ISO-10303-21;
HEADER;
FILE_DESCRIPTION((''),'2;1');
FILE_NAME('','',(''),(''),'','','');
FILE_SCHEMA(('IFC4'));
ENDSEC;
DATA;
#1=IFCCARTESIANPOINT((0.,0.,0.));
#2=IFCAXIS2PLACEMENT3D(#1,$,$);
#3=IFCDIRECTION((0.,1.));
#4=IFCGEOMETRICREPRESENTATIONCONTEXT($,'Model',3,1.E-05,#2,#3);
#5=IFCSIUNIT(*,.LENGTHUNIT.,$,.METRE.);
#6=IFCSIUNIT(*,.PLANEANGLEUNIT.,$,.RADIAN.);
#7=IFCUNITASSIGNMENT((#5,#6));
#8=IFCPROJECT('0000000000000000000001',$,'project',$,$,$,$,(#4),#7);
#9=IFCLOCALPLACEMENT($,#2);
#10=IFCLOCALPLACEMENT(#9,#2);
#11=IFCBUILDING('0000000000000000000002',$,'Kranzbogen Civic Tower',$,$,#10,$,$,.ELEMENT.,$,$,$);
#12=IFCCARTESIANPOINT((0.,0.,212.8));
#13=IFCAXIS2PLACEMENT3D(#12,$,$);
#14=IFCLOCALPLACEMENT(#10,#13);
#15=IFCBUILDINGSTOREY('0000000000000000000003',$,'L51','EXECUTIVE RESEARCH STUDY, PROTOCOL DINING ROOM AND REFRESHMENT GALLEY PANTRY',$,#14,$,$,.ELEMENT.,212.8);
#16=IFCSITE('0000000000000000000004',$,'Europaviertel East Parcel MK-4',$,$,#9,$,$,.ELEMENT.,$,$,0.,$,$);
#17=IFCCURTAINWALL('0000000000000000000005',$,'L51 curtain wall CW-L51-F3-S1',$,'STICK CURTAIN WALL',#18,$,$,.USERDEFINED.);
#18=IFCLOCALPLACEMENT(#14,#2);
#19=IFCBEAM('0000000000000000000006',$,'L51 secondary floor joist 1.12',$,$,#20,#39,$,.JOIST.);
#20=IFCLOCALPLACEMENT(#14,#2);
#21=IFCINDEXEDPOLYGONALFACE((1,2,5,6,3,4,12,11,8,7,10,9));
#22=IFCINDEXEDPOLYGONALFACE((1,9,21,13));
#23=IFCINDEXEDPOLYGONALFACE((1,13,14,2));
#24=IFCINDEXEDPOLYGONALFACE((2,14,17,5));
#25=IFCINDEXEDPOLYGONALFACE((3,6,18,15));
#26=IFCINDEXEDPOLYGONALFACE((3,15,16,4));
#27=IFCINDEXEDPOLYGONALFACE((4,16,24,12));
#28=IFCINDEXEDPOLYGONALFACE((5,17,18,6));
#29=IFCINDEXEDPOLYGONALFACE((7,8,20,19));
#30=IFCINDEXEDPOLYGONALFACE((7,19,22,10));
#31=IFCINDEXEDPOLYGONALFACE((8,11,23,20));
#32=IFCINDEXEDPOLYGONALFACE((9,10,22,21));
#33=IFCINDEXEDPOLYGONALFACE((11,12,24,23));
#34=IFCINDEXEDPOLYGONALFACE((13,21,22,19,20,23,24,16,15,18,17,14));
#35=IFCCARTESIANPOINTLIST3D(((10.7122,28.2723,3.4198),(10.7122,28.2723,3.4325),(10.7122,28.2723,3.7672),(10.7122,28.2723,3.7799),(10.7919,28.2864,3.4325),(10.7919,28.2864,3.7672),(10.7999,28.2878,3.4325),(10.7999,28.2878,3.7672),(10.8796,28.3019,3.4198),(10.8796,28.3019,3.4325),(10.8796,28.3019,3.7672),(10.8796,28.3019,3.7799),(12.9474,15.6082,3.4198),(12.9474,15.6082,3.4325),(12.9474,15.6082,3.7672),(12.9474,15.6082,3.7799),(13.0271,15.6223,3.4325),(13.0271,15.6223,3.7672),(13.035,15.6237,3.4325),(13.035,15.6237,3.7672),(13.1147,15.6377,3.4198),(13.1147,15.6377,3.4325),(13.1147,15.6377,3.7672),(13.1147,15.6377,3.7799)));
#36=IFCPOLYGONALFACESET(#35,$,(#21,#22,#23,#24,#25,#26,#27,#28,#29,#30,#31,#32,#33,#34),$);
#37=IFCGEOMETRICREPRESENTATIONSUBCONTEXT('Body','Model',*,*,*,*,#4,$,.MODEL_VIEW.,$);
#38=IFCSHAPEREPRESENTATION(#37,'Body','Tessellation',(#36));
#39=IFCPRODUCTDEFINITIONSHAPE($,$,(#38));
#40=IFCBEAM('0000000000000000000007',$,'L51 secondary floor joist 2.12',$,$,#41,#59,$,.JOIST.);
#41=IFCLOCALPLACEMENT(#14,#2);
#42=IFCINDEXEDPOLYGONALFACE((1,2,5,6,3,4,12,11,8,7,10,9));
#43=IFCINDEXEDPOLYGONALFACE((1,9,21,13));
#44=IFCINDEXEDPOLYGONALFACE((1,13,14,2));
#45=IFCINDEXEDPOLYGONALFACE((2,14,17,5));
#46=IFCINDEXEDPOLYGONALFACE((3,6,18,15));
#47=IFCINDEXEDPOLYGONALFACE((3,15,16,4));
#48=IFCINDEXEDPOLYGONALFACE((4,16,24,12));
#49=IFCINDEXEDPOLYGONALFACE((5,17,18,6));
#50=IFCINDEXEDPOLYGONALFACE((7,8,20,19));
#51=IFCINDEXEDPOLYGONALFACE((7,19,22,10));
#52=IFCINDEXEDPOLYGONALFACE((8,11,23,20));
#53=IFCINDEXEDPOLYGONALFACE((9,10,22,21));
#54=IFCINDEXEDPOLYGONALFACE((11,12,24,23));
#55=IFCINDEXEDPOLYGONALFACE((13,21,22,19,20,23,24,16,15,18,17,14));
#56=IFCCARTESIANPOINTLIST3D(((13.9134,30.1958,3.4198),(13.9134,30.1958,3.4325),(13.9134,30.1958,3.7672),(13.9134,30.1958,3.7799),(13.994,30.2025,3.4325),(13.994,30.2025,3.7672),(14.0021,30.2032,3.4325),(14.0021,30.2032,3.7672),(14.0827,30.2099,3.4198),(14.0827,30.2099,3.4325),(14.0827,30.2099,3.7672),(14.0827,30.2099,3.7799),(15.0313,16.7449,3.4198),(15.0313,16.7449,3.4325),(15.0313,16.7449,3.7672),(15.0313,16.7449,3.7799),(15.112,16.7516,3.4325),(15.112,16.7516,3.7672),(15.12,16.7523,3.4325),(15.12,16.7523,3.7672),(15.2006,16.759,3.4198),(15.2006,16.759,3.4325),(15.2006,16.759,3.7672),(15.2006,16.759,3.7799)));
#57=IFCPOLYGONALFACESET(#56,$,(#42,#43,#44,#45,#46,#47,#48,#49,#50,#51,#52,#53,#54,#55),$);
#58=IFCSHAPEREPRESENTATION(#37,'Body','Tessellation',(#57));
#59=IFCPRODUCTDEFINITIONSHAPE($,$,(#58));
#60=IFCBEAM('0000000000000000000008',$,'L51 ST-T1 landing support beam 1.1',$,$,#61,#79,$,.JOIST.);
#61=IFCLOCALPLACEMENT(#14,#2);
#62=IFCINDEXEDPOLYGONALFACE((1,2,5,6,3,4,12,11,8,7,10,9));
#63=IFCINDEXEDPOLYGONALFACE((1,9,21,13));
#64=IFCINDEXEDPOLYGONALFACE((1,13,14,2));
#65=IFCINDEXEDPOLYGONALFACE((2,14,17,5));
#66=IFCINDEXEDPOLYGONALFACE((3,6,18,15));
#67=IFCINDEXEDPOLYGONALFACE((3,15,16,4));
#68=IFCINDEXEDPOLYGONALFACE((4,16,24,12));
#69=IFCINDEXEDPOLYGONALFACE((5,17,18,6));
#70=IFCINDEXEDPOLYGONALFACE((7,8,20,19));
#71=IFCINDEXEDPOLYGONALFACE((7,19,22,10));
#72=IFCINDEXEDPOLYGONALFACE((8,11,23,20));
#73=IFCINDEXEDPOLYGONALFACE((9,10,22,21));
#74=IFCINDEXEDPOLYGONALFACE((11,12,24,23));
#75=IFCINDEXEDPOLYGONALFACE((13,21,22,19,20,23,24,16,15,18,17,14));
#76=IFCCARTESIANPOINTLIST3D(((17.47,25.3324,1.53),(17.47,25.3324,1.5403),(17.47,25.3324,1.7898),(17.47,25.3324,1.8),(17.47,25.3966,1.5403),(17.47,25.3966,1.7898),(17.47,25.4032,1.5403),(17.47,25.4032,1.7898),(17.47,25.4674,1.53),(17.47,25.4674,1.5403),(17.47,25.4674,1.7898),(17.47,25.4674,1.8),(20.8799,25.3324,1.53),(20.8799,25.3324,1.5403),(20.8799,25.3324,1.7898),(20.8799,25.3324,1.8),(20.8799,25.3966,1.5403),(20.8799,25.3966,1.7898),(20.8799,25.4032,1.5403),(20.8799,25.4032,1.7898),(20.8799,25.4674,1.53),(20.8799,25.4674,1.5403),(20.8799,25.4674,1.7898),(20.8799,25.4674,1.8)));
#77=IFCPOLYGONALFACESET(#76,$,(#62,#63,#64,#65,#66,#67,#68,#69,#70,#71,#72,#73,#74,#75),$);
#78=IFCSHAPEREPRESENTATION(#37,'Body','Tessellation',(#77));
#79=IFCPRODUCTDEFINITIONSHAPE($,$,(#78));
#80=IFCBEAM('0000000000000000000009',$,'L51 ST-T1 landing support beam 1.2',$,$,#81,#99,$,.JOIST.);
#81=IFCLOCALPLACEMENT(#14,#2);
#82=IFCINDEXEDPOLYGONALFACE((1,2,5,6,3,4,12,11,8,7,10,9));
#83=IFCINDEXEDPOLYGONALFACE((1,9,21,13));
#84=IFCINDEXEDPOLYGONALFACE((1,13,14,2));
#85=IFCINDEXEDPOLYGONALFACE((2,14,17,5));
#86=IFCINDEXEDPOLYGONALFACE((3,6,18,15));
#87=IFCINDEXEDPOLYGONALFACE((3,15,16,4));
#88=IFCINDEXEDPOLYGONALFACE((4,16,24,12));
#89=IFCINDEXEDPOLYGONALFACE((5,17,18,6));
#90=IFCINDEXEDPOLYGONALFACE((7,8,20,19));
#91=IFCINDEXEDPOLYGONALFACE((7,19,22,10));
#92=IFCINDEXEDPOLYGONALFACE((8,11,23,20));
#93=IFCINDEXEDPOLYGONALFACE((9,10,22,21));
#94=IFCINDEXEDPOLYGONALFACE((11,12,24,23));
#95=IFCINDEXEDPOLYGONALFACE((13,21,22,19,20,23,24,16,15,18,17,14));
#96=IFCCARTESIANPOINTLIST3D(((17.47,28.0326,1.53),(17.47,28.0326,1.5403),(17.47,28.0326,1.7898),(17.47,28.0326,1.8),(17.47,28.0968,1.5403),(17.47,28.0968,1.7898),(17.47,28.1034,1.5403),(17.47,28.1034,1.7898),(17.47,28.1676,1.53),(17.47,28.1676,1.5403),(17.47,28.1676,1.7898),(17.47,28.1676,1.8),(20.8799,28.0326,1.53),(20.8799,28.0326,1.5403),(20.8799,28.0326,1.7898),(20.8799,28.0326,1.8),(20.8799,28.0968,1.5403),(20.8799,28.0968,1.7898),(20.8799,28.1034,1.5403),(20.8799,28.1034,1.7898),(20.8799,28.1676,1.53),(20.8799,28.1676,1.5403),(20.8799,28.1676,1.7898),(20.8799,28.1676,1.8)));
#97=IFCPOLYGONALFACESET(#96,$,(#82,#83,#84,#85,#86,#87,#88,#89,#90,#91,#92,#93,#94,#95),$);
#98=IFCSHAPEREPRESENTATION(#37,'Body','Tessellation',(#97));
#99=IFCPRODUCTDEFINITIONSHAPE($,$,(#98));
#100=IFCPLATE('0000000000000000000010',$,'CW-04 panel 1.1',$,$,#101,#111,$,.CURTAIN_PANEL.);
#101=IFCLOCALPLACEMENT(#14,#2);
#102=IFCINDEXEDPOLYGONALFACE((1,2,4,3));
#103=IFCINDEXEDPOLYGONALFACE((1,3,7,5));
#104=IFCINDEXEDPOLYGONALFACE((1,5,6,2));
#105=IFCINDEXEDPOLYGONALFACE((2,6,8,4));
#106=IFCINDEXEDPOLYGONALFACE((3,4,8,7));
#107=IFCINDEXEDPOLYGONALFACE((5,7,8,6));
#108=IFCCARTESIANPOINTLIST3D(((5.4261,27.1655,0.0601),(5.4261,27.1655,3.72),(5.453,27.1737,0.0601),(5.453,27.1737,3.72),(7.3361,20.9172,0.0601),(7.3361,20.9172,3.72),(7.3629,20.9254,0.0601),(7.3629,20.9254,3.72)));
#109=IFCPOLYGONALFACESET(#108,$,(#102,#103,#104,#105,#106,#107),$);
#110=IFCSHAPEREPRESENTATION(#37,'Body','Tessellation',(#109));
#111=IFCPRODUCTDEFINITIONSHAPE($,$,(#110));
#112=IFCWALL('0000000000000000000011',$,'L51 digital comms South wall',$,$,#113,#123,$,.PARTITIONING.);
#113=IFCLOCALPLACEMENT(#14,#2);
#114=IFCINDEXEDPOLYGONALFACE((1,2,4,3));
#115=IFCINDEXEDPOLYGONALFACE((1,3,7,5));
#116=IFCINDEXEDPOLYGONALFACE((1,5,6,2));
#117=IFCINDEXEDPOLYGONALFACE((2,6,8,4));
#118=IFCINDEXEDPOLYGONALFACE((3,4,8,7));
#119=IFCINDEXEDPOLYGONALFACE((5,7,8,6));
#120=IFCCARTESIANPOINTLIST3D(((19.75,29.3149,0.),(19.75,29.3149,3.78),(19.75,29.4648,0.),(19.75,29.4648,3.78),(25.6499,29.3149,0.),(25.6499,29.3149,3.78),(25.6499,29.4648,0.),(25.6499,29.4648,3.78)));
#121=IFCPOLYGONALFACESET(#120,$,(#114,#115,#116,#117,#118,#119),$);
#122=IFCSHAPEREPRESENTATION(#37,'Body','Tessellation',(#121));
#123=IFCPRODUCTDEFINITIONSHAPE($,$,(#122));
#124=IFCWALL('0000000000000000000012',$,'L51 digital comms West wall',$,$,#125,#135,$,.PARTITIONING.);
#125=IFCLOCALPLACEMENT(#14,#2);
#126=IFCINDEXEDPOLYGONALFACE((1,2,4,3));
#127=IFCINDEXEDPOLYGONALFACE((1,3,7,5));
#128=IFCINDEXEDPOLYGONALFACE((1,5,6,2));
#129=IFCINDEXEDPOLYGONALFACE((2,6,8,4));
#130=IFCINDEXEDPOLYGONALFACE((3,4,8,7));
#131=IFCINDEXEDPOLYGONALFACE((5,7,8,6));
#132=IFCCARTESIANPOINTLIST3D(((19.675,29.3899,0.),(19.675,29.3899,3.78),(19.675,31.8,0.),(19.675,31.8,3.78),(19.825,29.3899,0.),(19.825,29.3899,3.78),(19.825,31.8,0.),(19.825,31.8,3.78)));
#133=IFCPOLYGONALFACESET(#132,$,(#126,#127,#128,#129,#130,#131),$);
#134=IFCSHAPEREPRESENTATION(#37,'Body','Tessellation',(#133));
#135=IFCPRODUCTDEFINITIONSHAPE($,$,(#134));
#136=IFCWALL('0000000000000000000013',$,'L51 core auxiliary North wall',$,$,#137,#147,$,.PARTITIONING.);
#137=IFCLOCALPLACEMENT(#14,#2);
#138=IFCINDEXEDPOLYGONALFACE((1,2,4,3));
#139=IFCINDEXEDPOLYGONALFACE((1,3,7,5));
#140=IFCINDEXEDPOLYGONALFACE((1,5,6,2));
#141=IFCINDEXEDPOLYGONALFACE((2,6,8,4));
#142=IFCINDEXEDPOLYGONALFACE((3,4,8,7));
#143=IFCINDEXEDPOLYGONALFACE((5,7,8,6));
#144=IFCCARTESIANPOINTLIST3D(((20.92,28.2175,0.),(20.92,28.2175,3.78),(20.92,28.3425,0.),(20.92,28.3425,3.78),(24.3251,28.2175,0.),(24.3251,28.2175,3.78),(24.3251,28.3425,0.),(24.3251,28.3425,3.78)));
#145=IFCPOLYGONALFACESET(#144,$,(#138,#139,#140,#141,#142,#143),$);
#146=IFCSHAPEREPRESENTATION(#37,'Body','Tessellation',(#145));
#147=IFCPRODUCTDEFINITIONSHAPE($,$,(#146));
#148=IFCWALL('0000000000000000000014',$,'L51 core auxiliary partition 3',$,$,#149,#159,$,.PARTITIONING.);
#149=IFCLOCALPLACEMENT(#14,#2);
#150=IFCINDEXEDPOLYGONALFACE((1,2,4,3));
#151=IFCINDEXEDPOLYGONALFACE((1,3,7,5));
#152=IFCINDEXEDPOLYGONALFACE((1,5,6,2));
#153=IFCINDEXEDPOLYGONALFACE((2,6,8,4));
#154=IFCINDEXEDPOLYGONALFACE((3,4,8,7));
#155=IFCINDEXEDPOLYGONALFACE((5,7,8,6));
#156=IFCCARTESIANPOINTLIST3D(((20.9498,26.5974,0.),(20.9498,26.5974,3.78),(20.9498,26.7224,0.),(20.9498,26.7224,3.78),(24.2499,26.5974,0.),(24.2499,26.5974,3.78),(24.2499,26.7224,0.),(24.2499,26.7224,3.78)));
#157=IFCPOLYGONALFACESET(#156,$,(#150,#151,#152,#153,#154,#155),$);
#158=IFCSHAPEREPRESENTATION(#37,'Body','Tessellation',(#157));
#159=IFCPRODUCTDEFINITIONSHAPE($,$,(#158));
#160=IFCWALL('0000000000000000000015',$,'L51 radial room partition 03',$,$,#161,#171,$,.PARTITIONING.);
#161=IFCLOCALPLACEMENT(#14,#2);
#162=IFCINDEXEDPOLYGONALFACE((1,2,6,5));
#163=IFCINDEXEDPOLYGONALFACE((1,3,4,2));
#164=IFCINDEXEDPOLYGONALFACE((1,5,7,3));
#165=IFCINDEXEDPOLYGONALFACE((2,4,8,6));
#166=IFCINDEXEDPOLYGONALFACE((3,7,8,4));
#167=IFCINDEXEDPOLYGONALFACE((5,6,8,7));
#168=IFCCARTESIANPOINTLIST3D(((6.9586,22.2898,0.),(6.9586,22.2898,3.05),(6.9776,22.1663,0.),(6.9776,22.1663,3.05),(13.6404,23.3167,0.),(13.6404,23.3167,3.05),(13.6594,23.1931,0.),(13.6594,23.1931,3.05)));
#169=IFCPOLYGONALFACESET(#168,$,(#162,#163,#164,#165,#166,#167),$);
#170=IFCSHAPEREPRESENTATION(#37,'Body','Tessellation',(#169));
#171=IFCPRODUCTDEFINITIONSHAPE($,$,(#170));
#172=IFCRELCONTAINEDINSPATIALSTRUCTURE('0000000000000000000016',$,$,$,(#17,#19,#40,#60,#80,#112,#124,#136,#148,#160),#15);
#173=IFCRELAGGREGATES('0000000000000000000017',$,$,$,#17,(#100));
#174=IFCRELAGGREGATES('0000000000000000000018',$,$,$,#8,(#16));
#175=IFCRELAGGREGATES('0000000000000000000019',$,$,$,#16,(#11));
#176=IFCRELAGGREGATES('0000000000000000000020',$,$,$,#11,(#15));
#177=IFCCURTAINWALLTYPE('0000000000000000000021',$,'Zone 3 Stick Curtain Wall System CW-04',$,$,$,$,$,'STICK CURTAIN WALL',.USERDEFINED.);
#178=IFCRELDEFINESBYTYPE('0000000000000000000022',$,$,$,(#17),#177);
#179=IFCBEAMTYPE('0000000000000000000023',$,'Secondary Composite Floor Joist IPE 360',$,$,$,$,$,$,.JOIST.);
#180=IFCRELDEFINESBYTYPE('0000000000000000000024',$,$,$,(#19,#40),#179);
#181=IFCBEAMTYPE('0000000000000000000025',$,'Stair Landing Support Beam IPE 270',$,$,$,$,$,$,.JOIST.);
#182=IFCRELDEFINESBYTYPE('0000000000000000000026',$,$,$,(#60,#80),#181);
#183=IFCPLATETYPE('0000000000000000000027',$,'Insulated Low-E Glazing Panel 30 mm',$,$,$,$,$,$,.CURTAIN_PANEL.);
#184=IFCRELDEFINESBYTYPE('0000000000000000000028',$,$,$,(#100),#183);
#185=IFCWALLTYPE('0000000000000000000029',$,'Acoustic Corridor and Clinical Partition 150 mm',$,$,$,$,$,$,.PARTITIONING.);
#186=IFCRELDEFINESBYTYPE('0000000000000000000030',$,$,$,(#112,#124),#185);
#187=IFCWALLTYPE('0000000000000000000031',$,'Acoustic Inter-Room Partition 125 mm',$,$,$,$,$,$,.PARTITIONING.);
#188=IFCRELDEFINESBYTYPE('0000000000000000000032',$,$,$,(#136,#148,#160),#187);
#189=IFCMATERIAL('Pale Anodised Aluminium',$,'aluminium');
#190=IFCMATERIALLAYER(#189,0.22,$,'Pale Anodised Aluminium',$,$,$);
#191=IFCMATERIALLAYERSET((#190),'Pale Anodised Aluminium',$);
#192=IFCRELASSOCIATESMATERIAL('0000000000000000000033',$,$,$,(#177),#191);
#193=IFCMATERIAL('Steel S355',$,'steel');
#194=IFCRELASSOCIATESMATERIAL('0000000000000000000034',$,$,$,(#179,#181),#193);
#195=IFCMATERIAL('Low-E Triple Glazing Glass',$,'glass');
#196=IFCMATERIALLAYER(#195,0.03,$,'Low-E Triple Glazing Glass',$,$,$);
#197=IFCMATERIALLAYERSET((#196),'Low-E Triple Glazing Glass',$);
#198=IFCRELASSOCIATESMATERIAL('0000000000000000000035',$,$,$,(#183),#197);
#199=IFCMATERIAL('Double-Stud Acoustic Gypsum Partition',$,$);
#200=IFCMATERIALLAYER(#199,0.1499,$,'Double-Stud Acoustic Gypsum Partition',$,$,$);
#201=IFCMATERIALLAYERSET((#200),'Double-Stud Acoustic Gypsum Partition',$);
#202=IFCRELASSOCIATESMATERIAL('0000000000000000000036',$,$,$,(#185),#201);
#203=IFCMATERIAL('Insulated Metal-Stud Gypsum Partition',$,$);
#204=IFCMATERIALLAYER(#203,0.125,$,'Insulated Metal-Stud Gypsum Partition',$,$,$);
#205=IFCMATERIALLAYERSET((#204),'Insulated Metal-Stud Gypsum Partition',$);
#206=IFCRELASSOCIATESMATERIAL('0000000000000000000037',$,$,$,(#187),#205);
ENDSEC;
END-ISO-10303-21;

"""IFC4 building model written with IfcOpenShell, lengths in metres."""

from ifc_helpers import new_model, si_unit, direction, frame, frame_2d, origin, origin_2d, place, context, subcontext, project, spatial, rectangle, i_section, extrude, material, layer, layer_set, material_profile, profile_set, type_object, element, aggregate, save


model = new_model("IFC4")

# Units and contexts
model_context = context("Model", 3, precision=1e-05, world=origin(), true_north=direction((0.0, 1.0)))
body_context = subcontext(model_context, "Body", "Model", "MODEL_VIEW")
ifc_project = project(units=[si_unit("LENGTHUNIT", "METRE"), si_unit("PLANEANGLEUNIT", "RADIAN")], contexts=[model_context])

# Site, building, storey
site_placement = place(None, origin())
site = spatial("IfcSite", under=ifc_project, at=site_placement, Name="Europaviertel East Parcel MK-4", CompositionType="ELEMENT", RefElevation=0.0)
building_placement = place(site_placement, origin())
building = spatial("IfcBuilding", under=site, at=building_placement, Name="Kranzbogen Civic Tower", CompositionType="ELEMENT")
storey_placement = place(building_placement, frame((0.0, 0.0, 212.8)))
storey = spatial("IfcBuildingStorey", under=building, at=storey_placement, Name="L51", Description="EXECUTIVE RESEARCH STUDY, PROTOCOL DINING ROOM AND REFRESHMENT GALLEY PANTRY", CompositionType="ELEMENT", Elevation=212.8)

# Shared definitions
ifc_material_1 = material(Name="Steel S355", Category="steel")

# Shared definitions
ifc_material_2 = material(Name="Pale Anodised Aluminium", Category="aluminium")
ifc_layer_1 = layer(ifc_material_2, 0.22, Name="Pale Anodised Aluminium")
ifc_layer_set_1 = layer_set([ifc_layer_1], Name="Pale Anodised Aluminium")
curtain_wall_type = type_object("IfcCurtainWallType", Name="Zone 3 Stick Curtain Wall System CW-04", ElementType="STICK CURTAIN WALL", PredefinedType="USERDEFINED", material=ifc_layer_set_1)

# Curtain wall
curtain_wall_1_placement = place(storey_placement, origin())
curtain_wall_1 = element("IfcCurtainWall", 1, at=curtain_wall_1_placement, inside=storey, type_object=curtain_wall_type, Name="L51 curtain wall CW-L51-F3-S1", ObjectType="STICK CURTAIN WALL", PredefinedType="USERDEFINED")

# Beams
ifc_material_profile_1 = material_profile(ifc_material_1, i_section(OverallWidth=0.1699, OverallDepth=0.3601, WebThickness=0.0081, FlangeThickness=0.0127, at=origin_2d()), Name="IPE 360")
ifc_profile_set_1 = profile_set([ifc_material_profile_1], Name="Steel S355")
beam_type_1 = type_object("IfcBeamType", Name="Secondary Composite Floor Joist IPE 360", PredefinedType="JOIST", material=ifc_profile_set_1)
beam_1_placement = place(storey_placement, frame((10.7959, 28.2871, 3.5999), z_axis=(0.173806, -0.98478, 0.0), x_axis=(0.98478, 0.173806, 0.0)))
element("IfcBeam", 2, at=beam_1_placement, inside=storey, type_object=beam_type_1, Name="L51 secondary floor joist 1.12", PredefinedType="JOIST", context=body_context, shape_type="SweptSolid", body=[
    extrude(i_section(OverallWidth=0.1699, OverallDepth=0.3601, WebThickness=0.0081, FlangeThickness=0.0127, at=origin_2d()), origin(), (0.0, 0.0, 1.0), 12.8599),
])
beam_2_placement = place(storey_placement, frame((13.998, 30.2029, 3.5999), z_axis=(0.082825, -0.996564, 0.0), x_axis=(0.996564, 0.082825, 0.0)))
element("IfcBeam", 3, at=beam_2_placement, inside=storey, type_object=beam_type_1, Name="L51 secondary floor joist 2.12", PredefinedType="JOIST", context=body_context, shape_type="SweptSolid", body=[
    extrude(i_section(OverallWidth=0.1699, OverallDepth=0.3601, WebThickness=0.0081, FlangeThickness=0.0127, at=origin_2d()), origin(), (0.0, 0.0, 1.0), 13.4973),
])
ifc_material_profile_2 = material_profile(ifc_material_1, i_section(OverallWidth=0.135, OverallDepth=0.27, WebThickness=0.0066, FlangeThickness=0.0103, at=origin_2d()), Name="IPE 270")
ifc_profile_set_2 = profile_set([ifc_material_profile_2], Name="Steel S355")
beam_type_2 = type_object("IfcBeamType", Name="Stair Landing Support Beam IPE 270", PredefinedType="JOIST", material=ifc_profile_set_2)
for number, where, z_axis, x_axis, name in (
    (4, (20.8799, 25.3999, 1.665), (-1.0, 0.0, 0.0), (0.0, -1.0, 0.0), "L51 ST-T1 landing support beam 1.1"),
    (5, (20.8799, 28.1001, 1.665), (-1.0, 0.0, 0.0), (0.0, -1.0, 0.0), "L51 ST-T1 landing support beam 1.2"),
):
    element("IfcBeam", number, at=place(storey_placement, frame(where, z_axis=z_axis, x_axis=x_axis)), inside=storey, type_object=beam_type_2, Name=name, PredefinedType="JOIST", context=body_context, shape_type="SweptSolid", body=[
        extrude(i_section(OverallWidth=0.135, OverallDepth=0.27, WebThickness=0.0066, FlangeThickness=0.0103, at=origin_2d()), origin(), (0.0, 0.0, 1.0), 3.4099),
    ])

# Plate
ifc_material_3 = material(Name="Low-E Triple Glazing Glass", Category="glass")
ifc_layer_2 = layer(ifc_material_3, 0.03, Name="Low-E Triple Glazing Glass")
ifc_layer_set_2 = layer_set([ifc_layer_2], Name="Low-E Triple Glazing Glass")
plate_type = type_object("IfcPlateType", Name="Insulated Low-E Glazing Panel 30 mm", PredefinedType="CURTAIN_PANEL", material=ifc_layer_set_2)
plate_placement = place(storey_placement, frame((6.3945, 24.0454, 0.0601), z_axis=(0.0, 0.0, 1.0), x_axis=(0.292322, -0.95632, 0.0)))
plate = element("IfcPlate", 6, at=plate_placement, type_object=plate_type, Name="CW-04 panel 1.1", PredefinedType="CURTAIN_PANEL", context=body_context, shape_type="SweptSolid", body=[
    extrude(rectangle(XDim=6.5337, YDim=0.0281, at=origin_2d()), origin(), (0.0, 0.0, 1.0), 3.6599),
])
aggregate(curtain_wall_1, [plate])

# Walls
ifc_material_4 = material(Name="Double-Stud Acoustic Gypsum Partition")
ifc_layer_3 = layer(ifc_material_4, 0.1499, Name="Double-Stud Acoustic Gypsum Partition")
ifc_layer_set_3 = layer_set([ifc_layer_3], Name="Double-Stud Acoustic Gypsum Partition")
wall_type_1 = type_object("IfcWallType", Name="Acoustic Corridor and Clinical Partition 150 mm", PredefinedType="PARTITIONING", material=ifc_layer_set_3)
wall_1_placement = place(storey_placement, frame((19.75, 29.3899, 0.0), z_axis=(0.0, 0.0, 1.0), x_axis=(1.0, 0.0, 0.0)))
element("IfcWall", 7, at=wall_1_placement, inside=storey, type_object=wall_type_1, Name="L51 digital comms South wall", PredefinedType="PARTITIONING", context=body_context, shape_type="SweptSolid", body=[
    extrude(rectangle(XDim=5.8999, YDim=0.1499, at=frame_2d((2.95, 0.0))), origin(), (0.0, 0.0, 1.0), 3.78),
])
wall_2_placement = place(storey_placement, frame((19.75, 29.3899, 0.0), z_axis=(0.0, 0.0, 1.0), x_axis=(0.0, 1.0, 0.0)))
element("IfcWall", 8, at=wall_2_placement, inside=storey, type_object=wall_type_1, Name="L51 digital comms West wall", PredefinedType="PARTITIONING", context=body_context, shape_type="SweptSolid", body=[
    extrude(rectangle(XDim=2.4102, YDim=0.1499, at=frame_2d((1.2051, 0.0))), origin(), (0.0, 0.0, 1.0), 3.78),
])
ifc_material_5 = material(Name="Insulated Metal-Stud Gypsum Partition")
ifc_layer_4 = layer(ifc_material_5, 0.125, Name="Insulated Metal-Stud Gypsum Partition")
ifc_layer_set_4 = layer_set([ifc_layer_4], Name="Insulated Metal-Stud Gypsum Partition")
wall_type_2 = type_object("IfcWallType", Name="Acoustic Inter-Room Partition 125 mm", PredefinedType="PARTITIONING", material=ifc_layer_set_4)
wall_3_placement = place(storey_placement, frame((20.9199, 28.28, 0.0), z_axis=(0.0, 0.0, 1.0), x_axis=(1.0, 0.0, 0.0)))
element("IfcWall", 9, at=wall_3_placement, inside=storey, type_object=wall_type_2, Name="L51 core auxiliary North wall", PredefinedType="PARTITIONING", context=body_context, shape_type="SweptSolid", body=[
    extrude(rectangle(XDim=3.405, YDim=0.125, at=frame_2d((1.7026, 0.0))), origin(), (0.0, 0.0, 1.0), 3.78),
])
wall_4_placement = place(storey_placement, frame((20.95, 26.6599, 0.0), z_axis=(0.0, 0.0, 1.0), x_axis=(1.0, 0.0, 0.0)))
element("IfcWall", 10, at=wall_4_placement, inside=storey, type_object=wall_type_2, Name="L51 core auxiliary partition 3", PredefinedType="PARTITIONING", context=body_context, shape_type="SweptSolid", body=[
    extrude(rectangle(XDim=3.3, YDim=0.125, at=frame_2d((1.6499, 0.0))), origin(), (0.0, 0.0, 1.0), 3.78),
])
wall_5_placement = place(storey_placement, frame((13.6499, 23.2549, 0.0), z_axis=(0.0, 0.0, 1.0), x_axis=(-0.988397, -0.151894, 0.0)))
element("IfcWall", 11, at=wall_5_placement, inside=storey, type_object=wall_type_2, Name="L51 radial room partition 03", PredefinedType="PARTITIONING", context=body_context, shape_type="SweptSolid", body=[
    extrude(rectangle(XDim=6.7603, YDim=0.125, at=frame_2d((3.3801, 0.0))), origin(), (0.0, 0.0, 1.0), 3.05),
])

save(model, "model.ifc")
